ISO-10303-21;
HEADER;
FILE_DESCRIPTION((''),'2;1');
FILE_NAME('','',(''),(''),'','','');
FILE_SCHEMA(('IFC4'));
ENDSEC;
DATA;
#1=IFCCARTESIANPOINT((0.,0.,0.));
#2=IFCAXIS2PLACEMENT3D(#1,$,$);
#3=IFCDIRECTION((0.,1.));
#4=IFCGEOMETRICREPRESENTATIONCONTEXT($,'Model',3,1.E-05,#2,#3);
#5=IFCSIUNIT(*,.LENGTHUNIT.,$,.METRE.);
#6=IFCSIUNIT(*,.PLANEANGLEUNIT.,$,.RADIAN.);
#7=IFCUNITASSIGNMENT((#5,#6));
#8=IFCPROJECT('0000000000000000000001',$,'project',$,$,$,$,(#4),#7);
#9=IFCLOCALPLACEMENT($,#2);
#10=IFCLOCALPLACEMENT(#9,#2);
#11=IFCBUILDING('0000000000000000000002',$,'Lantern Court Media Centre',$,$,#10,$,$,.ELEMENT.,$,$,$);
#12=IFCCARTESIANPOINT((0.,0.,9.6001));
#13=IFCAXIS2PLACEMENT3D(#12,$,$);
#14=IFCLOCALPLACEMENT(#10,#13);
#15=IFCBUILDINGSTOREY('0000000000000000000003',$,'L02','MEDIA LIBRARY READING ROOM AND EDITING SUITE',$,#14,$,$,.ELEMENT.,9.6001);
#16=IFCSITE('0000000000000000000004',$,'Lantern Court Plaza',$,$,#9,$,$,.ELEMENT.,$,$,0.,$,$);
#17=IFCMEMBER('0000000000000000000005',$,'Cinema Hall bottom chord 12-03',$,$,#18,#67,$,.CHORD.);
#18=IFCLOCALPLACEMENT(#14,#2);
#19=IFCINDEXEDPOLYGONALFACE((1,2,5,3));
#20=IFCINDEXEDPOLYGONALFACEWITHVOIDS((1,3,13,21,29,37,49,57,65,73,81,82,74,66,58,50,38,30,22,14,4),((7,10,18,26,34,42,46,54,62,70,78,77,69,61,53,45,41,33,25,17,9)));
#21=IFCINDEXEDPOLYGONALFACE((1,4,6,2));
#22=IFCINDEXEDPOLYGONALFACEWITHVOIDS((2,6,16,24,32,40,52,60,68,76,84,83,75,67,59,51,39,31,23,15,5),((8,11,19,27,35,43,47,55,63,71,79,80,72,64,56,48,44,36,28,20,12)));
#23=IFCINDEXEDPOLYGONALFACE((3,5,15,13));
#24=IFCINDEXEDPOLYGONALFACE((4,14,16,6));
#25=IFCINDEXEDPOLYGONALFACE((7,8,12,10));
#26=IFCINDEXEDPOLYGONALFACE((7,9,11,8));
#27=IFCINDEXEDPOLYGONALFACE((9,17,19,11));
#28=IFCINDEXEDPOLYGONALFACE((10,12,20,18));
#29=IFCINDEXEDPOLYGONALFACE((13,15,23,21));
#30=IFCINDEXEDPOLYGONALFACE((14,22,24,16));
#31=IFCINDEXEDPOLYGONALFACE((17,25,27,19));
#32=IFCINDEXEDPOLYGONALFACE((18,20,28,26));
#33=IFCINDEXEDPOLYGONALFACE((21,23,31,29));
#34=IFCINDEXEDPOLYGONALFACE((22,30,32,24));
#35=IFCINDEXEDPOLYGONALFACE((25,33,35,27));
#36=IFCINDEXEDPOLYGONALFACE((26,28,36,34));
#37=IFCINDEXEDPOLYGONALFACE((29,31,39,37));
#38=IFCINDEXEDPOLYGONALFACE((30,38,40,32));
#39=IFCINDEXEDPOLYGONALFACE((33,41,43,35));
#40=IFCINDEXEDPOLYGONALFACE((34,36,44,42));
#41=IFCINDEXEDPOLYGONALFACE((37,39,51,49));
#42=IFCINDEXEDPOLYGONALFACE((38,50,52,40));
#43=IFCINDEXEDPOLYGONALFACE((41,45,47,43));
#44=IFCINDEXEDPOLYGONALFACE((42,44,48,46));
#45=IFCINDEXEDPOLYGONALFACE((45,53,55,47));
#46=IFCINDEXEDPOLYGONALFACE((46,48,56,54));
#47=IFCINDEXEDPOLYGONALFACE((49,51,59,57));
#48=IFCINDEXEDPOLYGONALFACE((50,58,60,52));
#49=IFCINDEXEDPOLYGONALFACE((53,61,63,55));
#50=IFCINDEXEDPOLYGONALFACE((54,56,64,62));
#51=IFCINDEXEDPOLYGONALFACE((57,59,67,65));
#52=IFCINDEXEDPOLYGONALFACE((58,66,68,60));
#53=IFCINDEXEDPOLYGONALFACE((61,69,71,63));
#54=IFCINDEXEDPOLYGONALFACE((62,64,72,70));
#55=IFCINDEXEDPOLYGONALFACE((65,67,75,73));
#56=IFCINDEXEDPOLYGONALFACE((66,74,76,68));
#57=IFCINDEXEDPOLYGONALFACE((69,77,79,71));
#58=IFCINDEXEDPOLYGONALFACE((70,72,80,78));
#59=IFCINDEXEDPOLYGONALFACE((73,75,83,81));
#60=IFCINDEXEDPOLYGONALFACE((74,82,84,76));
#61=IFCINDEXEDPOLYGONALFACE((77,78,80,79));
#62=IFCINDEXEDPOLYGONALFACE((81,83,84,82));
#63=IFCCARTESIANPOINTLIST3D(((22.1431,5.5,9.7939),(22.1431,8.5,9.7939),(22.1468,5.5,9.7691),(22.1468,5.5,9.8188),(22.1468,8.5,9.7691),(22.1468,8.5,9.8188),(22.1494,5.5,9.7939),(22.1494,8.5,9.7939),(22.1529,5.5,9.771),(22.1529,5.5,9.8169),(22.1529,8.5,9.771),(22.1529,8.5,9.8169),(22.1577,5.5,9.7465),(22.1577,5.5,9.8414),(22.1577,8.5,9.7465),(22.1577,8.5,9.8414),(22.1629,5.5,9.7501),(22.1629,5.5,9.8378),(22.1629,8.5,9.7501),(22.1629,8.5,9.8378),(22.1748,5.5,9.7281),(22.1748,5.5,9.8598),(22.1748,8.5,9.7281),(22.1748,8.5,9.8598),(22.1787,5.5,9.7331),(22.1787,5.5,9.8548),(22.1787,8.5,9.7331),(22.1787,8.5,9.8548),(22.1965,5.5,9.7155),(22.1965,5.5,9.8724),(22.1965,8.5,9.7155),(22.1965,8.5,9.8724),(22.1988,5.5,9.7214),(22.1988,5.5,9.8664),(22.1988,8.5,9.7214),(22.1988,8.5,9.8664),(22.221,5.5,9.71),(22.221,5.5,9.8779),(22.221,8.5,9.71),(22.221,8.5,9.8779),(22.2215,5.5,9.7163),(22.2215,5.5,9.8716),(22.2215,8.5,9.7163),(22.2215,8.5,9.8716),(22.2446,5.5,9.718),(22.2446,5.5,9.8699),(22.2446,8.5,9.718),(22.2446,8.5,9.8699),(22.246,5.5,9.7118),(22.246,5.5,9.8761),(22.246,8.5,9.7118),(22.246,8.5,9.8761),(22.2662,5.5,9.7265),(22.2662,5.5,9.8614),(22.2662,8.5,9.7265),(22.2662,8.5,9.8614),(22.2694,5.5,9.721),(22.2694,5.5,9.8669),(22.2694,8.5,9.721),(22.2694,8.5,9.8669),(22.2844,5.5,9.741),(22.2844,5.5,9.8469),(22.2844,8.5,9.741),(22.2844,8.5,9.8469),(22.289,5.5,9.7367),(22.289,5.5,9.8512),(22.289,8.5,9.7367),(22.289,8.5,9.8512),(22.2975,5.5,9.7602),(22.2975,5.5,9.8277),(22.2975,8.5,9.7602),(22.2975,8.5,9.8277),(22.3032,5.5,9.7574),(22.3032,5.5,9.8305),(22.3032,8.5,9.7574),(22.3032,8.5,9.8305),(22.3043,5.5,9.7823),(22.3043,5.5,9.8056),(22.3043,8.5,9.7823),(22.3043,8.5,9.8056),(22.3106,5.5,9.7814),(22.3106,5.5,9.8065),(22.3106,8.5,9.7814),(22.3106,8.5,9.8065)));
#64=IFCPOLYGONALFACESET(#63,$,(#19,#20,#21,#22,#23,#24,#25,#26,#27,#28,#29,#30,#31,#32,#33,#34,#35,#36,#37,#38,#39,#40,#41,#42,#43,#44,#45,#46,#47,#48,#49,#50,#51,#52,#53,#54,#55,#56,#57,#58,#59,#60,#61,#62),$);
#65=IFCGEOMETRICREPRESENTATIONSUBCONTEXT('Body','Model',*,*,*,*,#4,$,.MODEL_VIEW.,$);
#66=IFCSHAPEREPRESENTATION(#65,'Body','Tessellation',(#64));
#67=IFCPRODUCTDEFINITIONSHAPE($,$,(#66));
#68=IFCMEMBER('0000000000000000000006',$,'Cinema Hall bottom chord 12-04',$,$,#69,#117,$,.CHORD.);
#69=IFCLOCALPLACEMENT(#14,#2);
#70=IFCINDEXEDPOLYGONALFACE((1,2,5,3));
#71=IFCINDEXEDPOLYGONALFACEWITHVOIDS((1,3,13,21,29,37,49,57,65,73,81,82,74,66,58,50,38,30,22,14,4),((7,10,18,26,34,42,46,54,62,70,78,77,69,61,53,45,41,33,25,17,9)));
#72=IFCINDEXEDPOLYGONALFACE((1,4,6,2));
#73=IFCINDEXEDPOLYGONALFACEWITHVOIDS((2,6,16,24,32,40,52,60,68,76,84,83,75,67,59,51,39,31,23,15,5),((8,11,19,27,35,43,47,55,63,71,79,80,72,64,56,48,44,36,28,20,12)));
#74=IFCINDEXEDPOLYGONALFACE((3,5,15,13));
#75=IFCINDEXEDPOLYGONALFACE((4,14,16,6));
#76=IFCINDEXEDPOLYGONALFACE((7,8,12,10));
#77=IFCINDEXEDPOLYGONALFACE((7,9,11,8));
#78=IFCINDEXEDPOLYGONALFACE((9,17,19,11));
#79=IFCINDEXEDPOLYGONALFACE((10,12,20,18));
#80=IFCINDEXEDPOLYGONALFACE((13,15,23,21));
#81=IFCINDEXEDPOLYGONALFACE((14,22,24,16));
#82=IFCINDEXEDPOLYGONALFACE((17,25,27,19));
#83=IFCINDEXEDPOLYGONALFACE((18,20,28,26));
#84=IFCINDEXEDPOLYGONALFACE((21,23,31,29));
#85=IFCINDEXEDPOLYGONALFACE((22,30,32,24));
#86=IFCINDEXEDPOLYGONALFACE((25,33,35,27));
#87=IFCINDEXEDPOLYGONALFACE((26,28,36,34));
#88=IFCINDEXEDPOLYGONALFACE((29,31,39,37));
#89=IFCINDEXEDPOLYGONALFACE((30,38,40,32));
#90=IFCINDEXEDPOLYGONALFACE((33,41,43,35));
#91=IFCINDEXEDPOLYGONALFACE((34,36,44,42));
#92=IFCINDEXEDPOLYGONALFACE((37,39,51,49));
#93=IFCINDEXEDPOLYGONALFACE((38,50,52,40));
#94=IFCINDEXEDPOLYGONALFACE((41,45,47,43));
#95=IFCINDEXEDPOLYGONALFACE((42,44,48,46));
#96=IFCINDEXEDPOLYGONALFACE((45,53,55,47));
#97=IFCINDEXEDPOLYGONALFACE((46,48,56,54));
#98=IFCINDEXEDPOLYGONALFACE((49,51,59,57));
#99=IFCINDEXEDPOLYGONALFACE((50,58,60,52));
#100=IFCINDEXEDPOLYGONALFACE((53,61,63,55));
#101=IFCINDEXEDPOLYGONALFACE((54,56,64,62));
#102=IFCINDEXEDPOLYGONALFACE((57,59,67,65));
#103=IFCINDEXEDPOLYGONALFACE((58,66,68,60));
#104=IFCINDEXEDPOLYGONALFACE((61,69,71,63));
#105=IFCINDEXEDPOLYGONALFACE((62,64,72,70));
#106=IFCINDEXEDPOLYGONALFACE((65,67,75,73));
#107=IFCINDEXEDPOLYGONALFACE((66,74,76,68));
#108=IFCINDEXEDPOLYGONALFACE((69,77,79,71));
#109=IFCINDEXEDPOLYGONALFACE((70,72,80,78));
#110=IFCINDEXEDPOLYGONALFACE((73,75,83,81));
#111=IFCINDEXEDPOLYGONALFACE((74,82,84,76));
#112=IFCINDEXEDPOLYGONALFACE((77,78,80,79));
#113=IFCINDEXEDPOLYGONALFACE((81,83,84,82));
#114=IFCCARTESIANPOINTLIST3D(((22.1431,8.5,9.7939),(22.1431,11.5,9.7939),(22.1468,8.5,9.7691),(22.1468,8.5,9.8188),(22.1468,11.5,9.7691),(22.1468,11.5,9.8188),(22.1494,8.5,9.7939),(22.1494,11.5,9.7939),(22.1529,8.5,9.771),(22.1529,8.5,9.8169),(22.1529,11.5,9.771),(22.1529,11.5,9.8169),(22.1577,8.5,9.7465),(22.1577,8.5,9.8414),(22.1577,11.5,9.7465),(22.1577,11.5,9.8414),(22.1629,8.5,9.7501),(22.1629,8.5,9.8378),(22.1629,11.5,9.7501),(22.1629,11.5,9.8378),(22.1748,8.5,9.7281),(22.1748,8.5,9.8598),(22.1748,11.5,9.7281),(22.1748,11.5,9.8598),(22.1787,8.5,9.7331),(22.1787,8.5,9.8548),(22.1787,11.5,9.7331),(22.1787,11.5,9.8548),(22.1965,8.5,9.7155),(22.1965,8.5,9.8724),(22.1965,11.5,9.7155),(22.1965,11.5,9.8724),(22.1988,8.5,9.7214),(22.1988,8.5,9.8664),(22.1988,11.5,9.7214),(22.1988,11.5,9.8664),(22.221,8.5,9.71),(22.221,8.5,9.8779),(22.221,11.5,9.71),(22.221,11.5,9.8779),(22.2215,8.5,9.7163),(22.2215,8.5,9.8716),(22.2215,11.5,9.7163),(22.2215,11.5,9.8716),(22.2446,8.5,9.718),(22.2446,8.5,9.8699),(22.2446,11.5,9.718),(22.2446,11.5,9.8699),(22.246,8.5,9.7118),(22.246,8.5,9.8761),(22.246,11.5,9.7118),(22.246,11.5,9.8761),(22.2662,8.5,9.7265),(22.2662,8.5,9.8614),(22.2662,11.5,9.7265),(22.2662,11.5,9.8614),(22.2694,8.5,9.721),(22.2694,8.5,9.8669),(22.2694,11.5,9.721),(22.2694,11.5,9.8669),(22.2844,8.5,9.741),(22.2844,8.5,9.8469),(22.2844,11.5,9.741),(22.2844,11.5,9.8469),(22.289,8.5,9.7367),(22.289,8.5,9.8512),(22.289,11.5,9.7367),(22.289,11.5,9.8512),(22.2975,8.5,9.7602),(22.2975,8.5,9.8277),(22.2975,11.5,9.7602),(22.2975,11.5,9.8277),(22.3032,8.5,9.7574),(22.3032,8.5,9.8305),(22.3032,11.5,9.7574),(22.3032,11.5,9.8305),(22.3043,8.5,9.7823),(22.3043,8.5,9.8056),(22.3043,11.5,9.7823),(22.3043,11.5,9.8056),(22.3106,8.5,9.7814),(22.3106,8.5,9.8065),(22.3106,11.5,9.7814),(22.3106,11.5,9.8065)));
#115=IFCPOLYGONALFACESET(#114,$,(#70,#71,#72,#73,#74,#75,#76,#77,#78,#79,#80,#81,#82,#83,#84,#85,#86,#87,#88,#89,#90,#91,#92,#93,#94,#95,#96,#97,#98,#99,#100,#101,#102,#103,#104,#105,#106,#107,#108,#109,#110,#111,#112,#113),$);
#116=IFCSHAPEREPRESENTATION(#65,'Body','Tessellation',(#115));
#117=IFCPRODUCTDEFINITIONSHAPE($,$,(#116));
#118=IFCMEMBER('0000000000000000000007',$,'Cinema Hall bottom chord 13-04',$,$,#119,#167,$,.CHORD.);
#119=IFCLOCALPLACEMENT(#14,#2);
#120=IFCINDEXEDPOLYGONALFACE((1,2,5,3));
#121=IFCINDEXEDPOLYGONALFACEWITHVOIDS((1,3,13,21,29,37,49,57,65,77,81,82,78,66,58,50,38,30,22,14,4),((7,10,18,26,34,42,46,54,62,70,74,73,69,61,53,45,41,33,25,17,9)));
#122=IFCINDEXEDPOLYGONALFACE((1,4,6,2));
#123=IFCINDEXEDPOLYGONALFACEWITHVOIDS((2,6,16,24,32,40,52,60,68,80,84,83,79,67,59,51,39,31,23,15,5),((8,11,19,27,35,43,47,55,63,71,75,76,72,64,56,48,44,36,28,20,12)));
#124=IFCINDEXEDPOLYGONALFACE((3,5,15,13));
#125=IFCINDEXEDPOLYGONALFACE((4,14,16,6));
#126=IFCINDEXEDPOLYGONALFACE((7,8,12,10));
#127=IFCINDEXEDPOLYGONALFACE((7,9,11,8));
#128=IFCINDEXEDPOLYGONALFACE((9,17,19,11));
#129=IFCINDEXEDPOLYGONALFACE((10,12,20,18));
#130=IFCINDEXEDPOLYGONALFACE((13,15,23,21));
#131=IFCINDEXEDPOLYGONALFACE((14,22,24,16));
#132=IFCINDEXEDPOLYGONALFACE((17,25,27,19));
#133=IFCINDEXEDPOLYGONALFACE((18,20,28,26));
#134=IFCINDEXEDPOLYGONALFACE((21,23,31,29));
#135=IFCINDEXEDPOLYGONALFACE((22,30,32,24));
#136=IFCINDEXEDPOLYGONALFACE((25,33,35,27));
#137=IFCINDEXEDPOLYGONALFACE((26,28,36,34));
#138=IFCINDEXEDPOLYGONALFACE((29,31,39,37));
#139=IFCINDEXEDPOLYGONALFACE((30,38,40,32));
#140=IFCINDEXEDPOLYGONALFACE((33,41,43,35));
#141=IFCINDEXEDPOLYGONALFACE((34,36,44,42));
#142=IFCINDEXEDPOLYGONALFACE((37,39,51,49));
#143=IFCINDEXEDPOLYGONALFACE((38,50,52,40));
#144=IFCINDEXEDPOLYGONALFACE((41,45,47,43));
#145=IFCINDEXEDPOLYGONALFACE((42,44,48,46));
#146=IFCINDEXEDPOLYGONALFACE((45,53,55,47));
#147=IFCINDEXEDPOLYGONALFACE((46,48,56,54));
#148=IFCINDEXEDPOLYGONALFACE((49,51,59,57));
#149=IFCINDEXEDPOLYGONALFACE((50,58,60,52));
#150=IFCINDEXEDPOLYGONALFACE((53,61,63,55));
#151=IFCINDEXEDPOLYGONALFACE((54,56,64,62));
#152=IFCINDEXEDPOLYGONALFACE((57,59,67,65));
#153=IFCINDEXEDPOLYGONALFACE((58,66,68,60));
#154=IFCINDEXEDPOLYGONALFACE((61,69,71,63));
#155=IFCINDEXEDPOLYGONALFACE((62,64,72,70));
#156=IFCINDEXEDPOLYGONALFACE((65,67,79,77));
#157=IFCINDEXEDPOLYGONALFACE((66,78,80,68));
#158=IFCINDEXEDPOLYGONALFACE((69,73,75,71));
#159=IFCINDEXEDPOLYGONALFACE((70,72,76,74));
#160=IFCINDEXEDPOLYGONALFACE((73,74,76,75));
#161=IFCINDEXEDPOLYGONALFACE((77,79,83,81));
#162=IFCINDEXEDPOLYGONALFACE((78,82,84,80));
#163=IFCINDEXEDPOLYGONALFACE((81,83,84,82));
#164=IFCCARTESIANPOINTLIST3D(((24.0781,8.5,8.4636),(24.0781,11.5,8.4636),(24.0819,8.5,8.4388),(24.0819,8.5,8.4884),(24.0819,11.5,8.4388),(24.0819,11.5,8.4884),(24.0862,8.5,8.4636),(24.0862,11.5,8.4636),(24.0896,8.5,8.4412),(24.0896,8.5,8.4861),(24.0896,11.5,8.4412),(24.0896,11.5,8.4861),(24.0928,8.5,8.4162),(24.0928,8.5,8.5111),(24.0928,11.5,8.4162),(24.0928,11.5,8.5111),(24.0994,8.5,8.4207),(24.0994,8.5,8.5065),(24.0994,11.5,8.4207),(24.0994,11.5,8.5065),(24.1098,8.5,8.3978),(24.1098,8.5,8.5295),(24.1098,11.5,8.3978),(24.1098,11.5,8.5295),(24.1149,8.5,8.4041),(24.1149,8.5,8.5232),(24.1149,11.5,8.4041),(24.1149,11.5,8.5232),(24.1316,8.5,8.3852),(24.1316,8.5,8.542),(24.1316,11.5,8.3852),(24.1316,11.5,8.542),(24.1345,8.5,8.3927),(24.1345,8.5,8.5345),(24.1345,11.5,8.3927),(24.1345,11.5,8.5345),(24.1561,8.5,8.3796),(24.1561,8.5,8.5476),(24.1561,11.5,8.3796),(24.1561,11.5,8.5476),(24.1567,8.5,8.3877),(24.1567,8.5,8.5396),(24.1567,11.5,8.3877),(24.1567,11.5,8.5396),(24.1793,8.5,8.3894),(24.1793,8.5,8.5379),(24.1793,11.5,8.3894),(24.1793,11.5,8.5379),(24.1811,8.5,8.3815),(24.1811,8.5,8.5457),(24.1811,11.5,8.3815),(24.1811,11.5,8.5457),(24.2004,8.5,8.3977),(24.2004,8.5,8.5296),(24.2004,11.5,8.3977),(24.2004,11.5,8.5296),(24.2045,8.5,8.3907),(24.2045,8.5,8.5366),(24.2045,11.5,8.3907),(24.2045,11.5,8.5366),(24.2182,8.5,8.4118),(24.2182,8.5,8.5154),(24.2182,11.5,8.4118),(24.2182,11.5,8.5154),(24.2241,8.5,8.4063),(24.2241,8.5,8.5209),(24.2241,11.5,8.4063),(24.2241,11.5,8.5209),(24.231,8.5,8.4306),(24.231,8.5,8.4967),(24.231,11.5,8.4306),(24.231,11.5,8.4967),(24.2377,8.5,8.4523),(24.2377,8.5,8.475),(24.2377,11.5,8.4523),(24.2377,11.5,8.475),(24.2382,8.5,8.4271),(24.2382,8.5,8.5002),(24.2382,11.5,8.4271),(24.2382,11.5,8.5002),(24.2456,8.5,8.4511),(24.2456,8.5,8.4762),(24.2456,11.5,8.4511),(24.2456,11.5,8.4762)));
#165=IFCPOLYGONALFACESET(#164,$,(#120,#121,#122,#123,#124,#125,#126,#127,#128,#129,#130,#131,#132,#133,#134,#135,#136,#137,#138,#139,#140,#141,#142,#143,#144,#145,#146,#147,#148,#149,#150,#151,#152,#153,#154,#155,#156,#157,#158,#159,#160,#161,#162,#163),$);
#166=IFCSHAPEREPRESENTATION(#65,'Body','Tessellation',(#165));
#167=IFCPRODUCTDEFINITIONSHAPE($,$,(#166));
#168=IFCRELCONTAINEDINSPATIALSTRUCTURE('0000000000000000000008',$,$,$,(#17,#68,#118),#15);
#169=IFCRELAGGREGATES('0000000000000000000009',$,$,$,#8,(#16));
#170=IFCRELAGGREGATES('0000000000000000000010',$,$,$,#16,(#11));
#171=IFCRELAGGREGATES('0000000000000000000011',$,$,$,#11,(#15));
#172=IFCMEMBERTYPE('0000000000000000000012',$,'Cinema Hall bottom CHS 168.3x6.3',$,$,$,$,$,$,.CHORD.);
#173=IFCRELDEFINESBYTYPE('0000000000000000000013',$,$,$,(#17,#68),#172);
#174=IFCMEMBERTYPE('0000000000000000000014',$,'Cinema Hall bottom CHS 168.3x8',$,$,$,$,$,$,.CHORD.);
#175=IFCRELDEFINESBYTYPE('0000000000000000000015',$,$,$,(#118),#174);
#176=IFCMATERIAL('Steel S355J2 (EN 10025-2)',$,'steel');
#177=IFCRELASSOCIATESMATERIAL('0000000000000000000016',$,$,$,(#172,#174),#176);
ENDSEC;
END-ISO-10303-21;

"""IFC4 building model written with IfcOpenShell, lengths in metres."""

from ifc_helpers import new_model, si_unit, direction, frame, origin, origin_2d, place, context, subcontext, project, spatial, hollow_circle, extrude, material, material_profile, profile_set, type_object, element, save


model = new_model("IFC4")

# Units and contexts
model_context = context("Model", 3, precision=1e-05, world=origin(), true_north=direction((0.0, 1.0)))
body_context = subcontext(model_context, "Body", "Model", "MODEL_VIEW")
ifc_project = project(units=[si_unit("LENGTHUNIT", "METRE"), si_unit("PLANEANGLEUNIT", "RADIAN")], contexts=[model_context])

# Site, building, storey
site_placement = place(None, origin())
site = spatial("IfcSite", under=ifc_project, at=site_placement, Name="Lantern Court Plaza", CompositionType="ELEMENT", RefElevation=0.0)
building_placement = place(site_placement, origin())
building = spatial("IfcBuilding", under=site, at=building_placement, Name="Lantern Court Media Centre", CompositionType="ELEMENT")
storey_placement = place(building_placement, frame((0.0, 0.0, 9.6001)))
storey = spatial("IfcBuildingStorey", under=building, at=storey_placement, Name="L02", Description="MEDIA LIBRARY READING ROOM AND EDITING SUITE", CompositionType="ELEMENT", Elevation=9.6001)

# Members
ifc_material = material(Name="Steel S355J2 (EN 10025-2)", Category="steel")
ifc_material_profile_1 = material_profile(ifc_material, hollow_circle(Radius=0.0842, WallThickness=0.0063, at=origin_2d()), Name="Cinema Hall bottom CHS 168.3x6.3")
ifc_profile_set_1 = profile_set([ifc_material_profile_1], Name="Steel S355J2 (EN 10025-2)")
member_type_1 = type_object("IfcMemberType", Name="Cinema Hall bottom CHS 168.3x6.3", PredefinedType="CHORD", material=ifc_profile_set_1)
for number, where, z_axis, x_axis, name in (
    (1, (22.2273, 5.5, 9.7939), (0.0, 1.0, 0.0), (-1.0, 0.0, 0.0), "Cinema Hall bottom chord 12-03"),
    (2, (22.2273, 8.5, 9.7939), (0.0, 1.0, 0.0), (-1.0, 0.0, 0.0), "Cinema Hall bottom chord 12-04"),
):
    element("IfcMember", number, at=place(storey_placement, frame(where, z_axis=z_axis, x_axis=x_axis)), inside=storey, type_object=member_type_1, Name=name, PredefinedType="CHORD", context=body_context, shape_type="SweptSolid", body=[
        extrude(hollow_circle(Radius=0.0842, WallThickness=0.0063, at=origin_2d()), origin(), (0.0, 0.0, 1.0), 3.0),
    ])
ifc_material_profile_2 = material_profile(ifc_material, hollow_circle(Radius=0.0842, WallThickness=0.0081, at=origin_2d()), Name="Cinema Hall bottom CHS 168.3x8")
ifc_profile_set_2 = profile_set([ifc_material_profile_2], Name="Steel S355J2 (EN 10025-2)")
member_type_2 = type_object("IfcMemberType", Name="Cinema Hall bottom CHS 168.3x8", PredefinedType="CHORD", material=ifc_profile_set_2)
member_1_placement = place(storey_placement, frame((24.1624, 8.5, 8.4636), z_axis=(0.0, 1.0, 0.0), x_axis=(-1.0, 0.0, 0.0)))
element("IfcMember", 3, at=member_1_placement, inside=storey, type_object=member_type_2, Name="Cinema Hall bottom chord 13-04", PredefinedType="CHORD", context=body_context, shape_type="SweptSolid", body=[
    extrude(hollow_circle(Radius=0.0842, WallThickness=0.0081, at=origin_2d()), origin(), (0.0, 0.0, 1.0), 3.0),
])

save(model, "model.ifc")
